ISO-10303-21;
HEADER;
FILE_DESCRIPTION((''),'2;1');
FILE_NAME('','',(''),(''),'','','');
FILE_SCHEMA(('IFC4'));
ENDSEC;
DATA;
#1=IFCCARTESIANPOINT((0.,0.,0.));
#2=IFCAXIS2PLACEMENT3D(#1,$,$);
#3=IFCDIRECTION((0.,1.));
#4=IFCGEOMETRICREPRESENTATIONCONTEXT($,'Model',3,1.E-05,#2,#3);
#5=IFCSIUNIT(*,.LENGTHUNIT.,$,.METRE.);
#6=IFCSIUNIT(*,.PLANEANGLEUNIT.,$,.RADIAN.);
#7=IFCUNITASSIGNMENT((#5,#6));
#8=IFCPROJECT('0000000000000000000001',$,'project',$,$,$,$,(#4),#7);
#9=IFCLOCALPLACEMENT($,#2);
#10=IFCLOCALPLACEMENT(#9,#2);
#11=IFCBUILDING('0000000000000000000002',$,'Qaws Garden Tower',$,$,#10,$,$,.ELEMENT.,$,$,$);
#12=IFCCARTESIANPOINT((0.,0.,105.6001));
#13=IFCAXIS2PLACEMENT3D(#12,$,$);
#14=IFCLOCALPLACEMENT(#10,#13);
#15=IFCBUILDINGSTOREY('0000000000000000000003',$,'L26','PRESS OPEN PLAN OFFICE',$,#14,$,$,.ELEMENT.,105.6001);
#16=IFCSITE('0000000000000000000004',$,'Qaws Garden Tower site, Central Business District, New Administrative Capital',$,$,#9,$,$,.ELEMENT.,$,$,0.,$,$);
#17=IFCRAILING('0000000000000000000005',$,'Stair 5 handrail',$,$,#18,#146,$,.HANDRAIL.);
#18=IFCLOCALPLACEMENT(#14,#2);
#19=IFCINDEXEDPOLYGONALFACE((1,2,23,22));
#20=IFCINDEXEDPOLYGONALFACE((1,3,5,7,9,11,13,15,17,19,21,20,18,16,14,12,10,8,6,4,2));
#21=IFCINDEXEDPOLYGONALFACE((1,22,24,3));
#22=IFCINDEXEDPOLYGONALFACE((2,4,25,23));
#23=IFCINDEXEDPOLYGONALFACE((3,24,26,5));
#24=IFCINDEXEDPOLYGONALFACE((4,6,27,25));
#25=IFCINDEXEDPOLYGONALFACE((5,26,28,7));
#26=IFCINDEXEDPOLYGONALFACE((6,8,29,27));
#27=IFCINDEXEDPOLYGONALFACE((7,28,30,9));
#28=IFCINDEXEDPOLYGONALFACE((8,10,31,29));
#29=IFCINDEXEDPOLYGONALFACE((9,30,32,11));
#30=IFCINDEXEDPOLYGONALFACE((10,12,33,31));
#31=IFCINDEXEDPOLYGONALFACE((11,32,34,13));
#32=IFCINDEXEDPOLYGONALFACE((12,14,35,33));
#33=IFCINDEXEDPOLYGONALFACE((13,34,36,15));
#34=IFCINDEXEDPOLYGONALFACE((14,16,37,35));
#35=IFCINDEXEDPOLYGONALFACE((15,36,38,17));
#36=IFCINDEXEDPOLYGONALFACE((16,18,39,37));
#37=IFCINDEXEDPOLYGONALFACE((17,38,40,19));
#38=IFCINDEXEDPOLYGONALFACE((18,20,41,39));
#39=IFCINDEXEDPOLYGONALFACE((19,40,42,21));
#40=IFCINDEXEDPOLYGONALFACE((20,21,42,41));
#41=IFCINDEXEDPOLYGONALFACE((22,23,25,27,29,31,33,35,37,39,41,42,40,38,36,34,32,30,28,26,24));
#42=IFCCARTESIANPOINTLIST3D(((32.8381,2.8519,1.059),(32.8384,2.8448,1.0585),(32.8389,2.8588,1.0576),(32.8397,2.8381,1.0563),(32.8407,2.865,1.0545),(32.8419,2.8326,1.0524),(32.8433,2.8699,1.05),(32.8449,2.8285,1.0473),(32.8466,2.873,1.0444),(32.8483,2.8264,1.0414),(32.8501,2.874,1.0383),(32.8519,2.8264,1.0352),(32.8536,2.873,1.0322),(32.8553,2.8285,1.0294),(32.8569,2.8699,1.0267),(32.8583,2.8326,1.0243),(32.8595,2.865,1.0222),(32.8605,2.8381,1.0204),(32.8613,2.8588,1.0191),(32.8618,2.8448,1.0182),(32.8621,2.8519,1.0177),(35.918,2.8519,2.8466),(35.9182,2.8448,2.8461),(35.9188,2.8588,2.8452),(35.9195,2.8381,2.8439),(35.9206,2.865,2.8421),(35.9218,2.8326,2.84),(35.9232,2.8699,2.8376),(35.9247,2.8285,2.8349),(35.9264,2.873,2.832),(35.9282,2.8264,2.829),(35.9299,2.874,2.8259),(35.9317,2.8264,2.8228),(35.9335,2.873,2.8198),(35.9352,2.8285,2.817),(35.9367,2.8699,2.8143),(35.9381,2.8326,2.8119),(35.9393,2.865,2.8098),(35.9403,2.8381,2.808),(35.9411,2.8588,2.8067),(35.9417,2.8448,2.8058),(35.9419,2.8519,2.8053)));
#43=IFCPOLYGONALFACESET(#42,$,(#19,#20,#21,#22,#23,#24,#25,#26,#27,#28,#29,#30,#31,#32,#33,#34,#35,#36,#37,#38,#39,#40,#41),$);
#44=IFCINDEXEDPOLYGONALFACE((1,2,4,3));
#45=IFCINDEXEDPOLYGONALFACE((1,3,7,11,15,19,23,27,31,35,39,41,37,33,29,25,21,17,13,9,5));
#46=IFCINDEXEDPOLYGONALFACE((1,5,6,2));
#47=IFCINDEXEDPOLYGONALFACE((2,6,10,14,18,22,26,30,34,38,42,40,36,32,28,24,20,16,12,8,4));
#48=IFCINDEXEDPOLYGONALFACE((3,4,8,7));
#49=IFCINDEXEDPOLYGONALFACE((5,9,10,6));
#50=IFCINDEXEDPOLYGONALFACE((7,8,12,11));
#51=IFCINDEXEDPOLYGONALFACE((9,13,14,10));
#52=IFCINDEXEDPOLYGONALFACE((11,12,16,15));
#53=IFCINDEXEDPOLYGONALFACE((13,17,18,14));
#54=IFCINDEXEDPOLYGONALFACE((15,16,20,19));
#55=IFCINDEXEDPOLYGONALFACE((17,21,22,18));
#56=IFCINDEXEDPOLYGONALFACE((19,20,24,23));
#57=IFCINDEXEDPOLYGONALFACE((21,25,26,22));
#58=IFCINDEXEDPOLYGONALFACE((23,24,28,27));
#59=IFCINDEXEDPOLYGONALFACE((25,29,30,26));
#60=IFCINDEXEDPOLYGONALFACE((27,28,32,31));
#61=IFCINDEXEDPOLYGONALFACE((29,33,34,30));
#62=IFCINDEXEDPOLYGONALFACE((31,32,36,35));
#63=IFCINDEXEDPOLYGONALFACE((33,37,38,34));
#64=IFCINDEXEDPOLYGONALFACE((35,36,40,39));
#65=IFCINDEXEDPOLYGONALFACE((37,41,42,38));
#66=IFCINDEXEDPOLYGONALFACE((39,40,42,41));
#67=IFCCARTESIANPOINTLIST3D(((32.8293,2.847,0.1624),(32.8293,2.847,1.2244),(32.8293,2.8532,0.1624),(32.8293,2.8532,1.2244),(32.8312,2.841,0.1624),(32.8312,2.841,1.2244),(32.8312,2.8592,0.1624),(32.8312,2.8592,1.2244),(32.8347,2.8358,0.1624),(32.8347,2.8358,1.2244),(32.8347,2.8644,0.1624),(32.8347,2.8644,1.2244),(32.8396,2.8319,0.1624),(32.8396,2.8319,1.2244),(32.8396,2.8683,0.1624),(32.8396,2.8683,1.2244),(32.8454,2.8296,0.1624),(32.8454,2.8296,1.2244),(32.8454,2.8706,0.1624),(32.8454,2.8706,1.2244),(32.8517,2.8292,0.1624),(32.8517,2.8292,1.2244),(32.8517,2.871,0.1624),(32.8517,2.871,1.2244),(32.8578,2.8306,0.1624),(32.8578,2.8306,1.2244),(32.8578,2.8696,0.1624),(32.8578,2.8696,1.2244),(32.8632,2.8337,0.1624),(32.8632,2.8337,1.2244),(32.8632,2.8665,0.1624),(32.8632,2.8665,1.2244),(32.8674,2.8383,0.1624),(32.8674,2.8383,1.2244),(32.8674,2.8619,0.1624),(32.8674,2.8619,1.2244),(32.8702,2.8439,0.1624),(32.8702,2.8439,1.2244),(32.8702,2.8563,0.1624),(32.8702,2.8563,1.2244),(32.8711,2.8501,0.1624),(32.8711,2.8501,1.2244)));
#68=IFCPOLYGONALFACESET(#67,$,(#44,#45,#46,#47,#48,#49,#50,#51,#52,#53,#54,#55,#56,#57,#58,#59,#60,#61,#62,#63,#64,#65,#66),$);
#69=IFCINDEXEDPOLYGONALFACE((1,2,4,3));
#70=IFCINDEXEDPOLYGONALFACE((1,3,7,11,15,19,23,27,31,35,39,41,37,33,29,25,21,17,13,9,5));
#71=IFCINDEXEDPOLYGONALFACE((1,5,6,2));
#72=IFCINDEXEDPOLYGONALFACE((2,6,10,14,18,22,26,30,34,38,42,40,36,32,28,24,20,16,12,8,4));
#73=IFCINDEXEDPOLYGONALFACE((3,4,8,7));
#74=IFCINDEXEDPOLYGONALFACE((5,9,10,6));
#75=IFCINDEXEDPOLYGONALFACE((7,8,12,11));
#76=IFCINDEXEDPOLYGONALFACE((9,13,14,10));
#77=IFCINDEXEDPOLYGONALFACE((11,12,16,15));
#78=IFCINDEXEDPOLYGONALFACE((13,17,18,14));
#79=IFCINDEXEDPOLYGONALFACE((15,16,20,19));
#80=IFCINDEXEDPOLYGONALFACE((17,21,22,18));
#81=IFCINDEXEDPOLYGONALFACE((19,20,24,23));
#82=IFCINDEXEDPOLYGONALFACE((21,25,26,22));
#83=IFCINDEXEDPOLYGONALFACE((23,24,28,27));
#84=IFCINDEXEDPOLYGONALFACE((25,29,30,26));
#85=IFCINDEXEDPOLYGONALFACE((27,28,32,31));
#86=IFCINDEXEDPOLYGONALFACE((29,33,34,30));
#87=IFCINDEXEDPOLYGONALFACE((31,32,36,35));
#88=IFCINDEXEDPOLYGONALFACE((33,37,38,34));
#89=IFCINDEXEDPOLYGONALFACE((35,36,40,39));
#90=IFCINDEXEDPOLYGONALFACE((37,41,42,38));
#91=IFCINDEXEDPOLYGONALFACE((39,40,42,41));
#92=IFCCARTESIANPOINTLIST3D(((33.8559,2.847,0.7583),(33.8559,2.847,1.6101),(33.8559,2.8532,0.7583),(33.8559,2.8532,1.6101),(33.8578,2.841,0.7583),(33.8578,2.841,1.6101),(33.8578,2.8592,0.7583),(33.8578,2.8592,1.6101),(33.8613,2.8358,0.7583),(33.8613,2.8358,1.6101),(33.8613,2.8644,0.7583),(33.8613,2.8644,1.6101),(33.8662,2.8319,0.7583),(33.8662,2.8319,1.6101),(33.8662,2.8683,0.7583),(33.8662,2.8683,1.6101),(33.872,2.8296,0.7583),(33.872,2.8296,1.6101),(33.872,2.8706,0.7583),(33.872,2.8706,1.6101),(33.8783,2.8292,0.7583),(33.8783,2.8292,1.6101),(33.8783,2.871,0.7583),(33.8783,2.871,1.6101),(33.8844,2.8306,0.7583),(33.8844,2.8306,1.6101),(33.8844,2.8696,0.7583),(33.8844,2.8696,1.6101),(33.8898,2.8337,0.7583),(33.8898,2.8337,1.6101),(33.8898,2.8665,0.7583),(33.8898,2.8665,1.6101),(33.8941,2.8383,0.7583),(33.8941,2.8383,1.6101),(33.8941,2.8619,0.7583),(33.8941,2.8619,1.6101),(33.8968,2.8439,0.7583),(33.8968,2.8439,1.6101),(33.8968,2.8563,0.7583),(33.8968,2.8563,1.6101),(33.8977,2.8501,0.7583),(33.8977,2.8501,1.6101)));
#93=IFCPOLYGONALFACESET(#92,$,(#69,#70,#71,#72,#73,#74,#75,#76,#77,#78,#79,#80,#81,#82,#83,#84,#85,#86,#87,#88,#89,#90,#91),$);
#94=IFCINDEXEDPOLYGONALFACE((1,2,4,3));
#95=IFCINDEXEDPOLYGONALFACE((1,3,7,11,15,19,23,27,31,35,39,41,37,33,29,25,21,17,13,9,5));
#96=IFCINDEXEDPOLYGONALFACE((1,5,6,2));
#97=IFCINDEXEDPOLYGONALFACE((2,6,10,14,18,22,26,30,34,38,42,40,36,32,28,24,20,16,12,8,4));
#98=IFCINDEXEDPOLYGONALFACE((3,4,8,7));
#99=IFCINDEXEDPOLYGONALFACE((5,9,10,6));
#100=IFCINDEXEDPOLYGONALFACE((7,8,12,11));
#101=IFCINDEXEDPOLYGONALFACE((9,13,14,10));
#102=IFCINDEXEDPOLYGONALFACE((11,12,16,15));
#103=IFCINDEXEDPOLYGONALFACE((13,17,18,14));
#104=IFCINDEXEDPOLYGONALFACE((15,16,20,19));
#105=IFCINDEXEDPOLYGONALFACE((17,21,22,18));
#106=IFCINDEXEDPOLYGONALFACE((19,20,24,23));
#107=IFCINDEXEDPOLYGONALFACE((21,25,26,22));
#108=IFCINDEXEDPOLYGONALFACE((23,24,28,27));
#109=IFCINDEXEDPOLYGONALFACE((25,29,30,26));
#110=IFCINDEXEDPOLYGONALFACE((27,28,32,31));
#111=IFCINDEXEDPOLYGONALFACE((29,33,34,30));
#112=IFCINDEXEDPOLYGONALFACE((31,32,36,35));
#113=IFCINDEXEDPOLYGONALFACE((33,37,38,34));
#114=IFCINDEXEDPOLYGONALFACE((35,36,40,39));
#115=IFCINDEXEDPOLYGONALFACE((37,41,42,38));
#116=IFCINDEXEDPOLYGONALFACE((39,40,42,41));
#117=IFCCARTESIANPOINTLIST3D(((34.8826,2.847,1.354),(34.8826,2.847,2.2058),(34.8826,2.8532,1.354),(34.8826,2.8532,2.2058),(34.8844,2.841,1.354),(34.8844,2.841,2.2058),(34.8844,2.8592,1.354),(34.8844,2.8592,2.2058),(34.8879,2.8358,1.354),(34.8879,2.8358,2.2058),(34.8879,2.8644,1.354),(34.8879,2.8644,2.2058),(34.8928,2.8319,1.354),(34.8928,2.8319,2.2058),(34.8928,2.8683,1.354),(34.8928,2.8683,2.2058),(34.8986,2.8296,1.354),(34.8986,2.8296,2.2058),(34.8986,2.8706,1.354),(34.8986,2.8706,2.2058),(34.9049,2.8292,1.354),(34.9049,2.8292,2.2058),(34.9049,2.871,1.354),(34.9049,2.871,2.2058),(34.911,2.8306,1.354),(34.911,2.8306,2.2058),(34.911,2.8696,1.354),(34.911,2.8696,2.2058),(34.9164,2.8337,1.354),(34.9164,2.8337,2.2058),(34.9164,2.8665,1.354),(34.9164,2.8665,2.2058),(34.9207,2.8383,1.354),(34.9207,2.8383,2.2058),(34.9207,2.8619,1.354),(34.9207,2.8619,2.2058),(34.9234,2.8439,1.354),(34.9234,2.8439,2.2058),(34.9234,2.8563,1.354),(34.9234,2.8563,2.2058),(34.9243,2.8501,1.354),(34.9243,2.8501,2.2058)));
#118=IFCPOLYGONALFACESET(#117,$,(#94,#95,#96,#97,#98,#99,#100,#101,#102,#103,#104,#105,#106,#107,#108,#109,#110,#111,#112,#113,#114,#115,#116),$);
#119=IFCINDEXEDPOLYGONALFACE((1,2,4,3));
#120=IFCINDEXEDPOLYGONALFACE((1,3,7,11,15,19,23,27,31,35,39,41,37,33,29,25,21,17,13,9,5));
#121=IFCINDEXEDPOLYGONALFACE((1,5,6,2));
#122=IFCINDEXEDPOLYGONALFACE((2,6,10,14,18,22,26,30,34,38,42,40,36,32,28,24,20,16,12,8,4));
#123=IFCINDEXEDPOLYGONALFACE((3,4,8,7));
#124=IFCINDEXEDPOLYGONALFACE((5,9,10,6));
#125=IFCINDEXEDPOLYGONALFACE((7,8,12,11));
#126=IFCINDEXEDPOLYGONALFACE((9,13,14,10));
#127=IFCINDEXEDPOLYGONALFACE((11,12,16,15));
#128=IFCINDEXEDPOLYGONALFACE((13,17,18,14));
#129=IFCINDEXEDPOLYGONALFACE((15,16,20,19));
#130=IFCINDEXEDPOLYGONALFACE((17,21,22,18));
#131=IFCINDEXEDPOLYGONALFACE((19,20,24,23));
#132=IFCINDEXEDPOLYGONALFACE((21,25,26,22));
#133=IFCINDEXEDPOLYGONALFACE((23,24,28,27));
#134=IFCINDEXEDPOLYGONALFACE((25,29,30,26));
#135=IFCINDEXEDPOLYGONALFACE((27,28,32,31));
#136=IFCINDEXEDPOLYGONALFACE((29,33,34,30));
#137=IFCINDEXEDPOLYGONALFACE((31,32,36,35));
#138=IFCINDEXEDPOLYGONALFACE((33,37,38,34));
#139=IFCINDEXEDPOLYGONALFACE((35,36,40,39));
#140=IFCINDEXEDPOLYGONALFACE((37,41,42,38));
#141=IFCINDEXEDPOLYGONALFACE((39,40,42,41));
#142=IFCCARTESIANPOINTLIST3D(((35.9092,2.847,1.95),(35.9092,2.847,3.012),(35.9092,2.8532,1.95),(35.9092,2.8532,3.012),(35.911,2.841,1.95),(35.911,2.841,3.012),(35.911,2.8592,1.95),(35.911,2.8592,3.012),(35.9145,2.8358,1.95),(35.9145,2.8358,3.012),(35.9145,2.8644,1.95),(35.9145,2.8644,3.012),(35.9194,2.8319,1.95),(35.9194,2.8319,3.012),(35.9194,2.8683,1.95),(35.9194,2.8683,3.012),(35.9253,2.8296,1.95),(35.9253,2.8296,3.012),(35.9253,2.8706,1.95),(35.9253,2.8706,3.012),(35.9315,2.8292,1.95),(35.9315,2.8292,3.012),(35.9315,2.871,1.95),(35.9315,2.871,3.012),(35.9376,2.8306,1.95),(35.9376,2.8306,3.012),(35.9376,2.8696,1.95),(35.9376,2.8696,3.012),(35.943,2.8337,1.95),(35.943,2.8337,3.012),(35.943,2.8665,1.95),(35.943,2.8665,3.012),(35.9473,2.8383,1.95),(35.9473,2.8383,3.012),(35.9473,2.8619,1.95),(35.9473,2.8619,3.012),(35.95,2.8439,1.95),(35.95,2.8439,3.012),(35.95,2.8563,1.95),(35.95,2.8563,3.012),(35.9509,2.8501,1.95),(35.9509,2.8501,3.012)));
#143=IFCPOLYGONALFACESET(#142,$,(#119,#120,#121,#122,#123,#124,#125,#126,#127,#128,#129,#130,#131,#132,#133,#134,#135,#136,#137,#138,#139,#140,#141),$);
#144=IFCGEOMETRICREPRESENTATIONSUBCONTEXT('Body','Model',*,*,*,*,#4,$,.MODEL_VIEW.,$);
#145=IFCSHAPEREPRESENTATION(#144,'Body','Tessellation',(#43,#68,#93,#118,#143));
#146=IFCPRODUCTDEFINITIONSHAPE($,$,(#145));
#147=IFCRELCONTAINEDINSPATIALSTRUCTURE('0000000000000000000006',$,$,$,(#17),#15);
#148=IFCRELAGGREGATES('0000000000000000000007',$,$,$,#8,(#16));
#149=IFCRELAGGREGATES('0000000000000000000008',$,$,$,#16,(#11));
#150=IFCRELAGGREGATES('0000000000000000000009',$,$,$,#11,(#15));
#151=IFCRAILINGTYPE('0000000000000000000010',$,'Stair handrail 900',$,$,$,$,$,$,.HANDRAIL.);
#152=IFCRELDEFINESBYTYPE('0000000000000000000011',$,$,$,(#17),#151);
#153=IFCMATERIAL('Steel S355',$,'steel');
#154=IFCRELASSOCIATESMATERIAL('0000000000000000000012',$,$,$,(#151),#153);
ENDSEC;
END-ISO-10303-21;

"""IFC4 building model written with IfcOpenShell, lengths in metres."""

from ifc_helpers import new_model, si_unit, direction, frame, origin, origin_2d, place, context, subcontext, project, spatial, circle, extrude, material, type_object, element, save


model = new_model("IFC4")

# Units and contexts
model_context = context("Model", 3, precision=1e-05, world=origin(), true_north=direction((0.0, 1.0)))
body_context = subcontext(model_context, "Body", "Model", "MODEL_VIEW")
ifc_project = project(units=[si_unit("LENGTHUNIT", "METRE"), si_unit("PLANEANGLEUNIT", "RADIAN")], contexts=[model_context])

# Site, building, storey
site_placement = place(None, origin())
site = spatial("IfcSite", under=ifc_project, at=site_placement, Name="Qaws Garden Tower site, Central Business District, New Administrative Capital", CompositionType="ELEMENT", RefElevation=0.0)
building_placement = place(site_placement, origin())
building = spatial("IfcBuilding", under=site, at=building_placement, Name="Qaws Garden Tower", CompositionType="ELEMENT")
storey_placement = place(building_placement, frame((0.0, 0.0, 105.6001)))
storey = spatial("IfcBuildingStorey", under=building, at=storey_placement, Name="L26", Description="PRESS OPEN PLAN OFFICE", CompositionType="ELEMENT", Elevation=105.6001)

# Railing
ifc_material_1 = material(Name="Steel S355", Category="steel")
railing_type = type_object("IfcRailingType", Name="Stair handrail 900", PredefinedType="HANDRAIL", material=ifc_material_1)
railing_1_placement = place(storey_placement, frame((32.8501, 2.8501, 0.1624)))
element("IfcRailing", 1, at=railing_1_placement, inside=storey, type_object=railing_type, Name="Stair 5 handrail", PredefinedType="HANDRAIL", context=body_context, shape_type="SweptSolid", body=[
    extrude(circle(Radius=0.0239, at=origin_2d()), frame((0.0, 0.0, 0.876), z_axis=(0.864873, 0.0, 0.50199), x_axis=(0.0, 1.0, 0.0)), (0.0, 0.0, 1.0), 3.561),
    extrude(circle(Radius=0.021, at=origin_2d()), origin(), (0.0, 0.0, 1.0), 1.062),
    extrude(circle(Radius=0.021, at=origin_2d()), frame((1.0266, 0.0, 0.5959)), (0.0, 0.0, 1.0), 0.8518),
    extrude(circle(Radius=0.021, at=origin_2d()), frame((2.0532, 0.0, 1.1917)), (0.0, 0.0, 1.0), 0.8518),
    extrude(circle(Radius=0.021, at=origin_2d()), frame((3.0798, 0.0, 1.7876)), (0.0, 0.0, 1.0), 1.062),
])

save(model, "model.ifc")
